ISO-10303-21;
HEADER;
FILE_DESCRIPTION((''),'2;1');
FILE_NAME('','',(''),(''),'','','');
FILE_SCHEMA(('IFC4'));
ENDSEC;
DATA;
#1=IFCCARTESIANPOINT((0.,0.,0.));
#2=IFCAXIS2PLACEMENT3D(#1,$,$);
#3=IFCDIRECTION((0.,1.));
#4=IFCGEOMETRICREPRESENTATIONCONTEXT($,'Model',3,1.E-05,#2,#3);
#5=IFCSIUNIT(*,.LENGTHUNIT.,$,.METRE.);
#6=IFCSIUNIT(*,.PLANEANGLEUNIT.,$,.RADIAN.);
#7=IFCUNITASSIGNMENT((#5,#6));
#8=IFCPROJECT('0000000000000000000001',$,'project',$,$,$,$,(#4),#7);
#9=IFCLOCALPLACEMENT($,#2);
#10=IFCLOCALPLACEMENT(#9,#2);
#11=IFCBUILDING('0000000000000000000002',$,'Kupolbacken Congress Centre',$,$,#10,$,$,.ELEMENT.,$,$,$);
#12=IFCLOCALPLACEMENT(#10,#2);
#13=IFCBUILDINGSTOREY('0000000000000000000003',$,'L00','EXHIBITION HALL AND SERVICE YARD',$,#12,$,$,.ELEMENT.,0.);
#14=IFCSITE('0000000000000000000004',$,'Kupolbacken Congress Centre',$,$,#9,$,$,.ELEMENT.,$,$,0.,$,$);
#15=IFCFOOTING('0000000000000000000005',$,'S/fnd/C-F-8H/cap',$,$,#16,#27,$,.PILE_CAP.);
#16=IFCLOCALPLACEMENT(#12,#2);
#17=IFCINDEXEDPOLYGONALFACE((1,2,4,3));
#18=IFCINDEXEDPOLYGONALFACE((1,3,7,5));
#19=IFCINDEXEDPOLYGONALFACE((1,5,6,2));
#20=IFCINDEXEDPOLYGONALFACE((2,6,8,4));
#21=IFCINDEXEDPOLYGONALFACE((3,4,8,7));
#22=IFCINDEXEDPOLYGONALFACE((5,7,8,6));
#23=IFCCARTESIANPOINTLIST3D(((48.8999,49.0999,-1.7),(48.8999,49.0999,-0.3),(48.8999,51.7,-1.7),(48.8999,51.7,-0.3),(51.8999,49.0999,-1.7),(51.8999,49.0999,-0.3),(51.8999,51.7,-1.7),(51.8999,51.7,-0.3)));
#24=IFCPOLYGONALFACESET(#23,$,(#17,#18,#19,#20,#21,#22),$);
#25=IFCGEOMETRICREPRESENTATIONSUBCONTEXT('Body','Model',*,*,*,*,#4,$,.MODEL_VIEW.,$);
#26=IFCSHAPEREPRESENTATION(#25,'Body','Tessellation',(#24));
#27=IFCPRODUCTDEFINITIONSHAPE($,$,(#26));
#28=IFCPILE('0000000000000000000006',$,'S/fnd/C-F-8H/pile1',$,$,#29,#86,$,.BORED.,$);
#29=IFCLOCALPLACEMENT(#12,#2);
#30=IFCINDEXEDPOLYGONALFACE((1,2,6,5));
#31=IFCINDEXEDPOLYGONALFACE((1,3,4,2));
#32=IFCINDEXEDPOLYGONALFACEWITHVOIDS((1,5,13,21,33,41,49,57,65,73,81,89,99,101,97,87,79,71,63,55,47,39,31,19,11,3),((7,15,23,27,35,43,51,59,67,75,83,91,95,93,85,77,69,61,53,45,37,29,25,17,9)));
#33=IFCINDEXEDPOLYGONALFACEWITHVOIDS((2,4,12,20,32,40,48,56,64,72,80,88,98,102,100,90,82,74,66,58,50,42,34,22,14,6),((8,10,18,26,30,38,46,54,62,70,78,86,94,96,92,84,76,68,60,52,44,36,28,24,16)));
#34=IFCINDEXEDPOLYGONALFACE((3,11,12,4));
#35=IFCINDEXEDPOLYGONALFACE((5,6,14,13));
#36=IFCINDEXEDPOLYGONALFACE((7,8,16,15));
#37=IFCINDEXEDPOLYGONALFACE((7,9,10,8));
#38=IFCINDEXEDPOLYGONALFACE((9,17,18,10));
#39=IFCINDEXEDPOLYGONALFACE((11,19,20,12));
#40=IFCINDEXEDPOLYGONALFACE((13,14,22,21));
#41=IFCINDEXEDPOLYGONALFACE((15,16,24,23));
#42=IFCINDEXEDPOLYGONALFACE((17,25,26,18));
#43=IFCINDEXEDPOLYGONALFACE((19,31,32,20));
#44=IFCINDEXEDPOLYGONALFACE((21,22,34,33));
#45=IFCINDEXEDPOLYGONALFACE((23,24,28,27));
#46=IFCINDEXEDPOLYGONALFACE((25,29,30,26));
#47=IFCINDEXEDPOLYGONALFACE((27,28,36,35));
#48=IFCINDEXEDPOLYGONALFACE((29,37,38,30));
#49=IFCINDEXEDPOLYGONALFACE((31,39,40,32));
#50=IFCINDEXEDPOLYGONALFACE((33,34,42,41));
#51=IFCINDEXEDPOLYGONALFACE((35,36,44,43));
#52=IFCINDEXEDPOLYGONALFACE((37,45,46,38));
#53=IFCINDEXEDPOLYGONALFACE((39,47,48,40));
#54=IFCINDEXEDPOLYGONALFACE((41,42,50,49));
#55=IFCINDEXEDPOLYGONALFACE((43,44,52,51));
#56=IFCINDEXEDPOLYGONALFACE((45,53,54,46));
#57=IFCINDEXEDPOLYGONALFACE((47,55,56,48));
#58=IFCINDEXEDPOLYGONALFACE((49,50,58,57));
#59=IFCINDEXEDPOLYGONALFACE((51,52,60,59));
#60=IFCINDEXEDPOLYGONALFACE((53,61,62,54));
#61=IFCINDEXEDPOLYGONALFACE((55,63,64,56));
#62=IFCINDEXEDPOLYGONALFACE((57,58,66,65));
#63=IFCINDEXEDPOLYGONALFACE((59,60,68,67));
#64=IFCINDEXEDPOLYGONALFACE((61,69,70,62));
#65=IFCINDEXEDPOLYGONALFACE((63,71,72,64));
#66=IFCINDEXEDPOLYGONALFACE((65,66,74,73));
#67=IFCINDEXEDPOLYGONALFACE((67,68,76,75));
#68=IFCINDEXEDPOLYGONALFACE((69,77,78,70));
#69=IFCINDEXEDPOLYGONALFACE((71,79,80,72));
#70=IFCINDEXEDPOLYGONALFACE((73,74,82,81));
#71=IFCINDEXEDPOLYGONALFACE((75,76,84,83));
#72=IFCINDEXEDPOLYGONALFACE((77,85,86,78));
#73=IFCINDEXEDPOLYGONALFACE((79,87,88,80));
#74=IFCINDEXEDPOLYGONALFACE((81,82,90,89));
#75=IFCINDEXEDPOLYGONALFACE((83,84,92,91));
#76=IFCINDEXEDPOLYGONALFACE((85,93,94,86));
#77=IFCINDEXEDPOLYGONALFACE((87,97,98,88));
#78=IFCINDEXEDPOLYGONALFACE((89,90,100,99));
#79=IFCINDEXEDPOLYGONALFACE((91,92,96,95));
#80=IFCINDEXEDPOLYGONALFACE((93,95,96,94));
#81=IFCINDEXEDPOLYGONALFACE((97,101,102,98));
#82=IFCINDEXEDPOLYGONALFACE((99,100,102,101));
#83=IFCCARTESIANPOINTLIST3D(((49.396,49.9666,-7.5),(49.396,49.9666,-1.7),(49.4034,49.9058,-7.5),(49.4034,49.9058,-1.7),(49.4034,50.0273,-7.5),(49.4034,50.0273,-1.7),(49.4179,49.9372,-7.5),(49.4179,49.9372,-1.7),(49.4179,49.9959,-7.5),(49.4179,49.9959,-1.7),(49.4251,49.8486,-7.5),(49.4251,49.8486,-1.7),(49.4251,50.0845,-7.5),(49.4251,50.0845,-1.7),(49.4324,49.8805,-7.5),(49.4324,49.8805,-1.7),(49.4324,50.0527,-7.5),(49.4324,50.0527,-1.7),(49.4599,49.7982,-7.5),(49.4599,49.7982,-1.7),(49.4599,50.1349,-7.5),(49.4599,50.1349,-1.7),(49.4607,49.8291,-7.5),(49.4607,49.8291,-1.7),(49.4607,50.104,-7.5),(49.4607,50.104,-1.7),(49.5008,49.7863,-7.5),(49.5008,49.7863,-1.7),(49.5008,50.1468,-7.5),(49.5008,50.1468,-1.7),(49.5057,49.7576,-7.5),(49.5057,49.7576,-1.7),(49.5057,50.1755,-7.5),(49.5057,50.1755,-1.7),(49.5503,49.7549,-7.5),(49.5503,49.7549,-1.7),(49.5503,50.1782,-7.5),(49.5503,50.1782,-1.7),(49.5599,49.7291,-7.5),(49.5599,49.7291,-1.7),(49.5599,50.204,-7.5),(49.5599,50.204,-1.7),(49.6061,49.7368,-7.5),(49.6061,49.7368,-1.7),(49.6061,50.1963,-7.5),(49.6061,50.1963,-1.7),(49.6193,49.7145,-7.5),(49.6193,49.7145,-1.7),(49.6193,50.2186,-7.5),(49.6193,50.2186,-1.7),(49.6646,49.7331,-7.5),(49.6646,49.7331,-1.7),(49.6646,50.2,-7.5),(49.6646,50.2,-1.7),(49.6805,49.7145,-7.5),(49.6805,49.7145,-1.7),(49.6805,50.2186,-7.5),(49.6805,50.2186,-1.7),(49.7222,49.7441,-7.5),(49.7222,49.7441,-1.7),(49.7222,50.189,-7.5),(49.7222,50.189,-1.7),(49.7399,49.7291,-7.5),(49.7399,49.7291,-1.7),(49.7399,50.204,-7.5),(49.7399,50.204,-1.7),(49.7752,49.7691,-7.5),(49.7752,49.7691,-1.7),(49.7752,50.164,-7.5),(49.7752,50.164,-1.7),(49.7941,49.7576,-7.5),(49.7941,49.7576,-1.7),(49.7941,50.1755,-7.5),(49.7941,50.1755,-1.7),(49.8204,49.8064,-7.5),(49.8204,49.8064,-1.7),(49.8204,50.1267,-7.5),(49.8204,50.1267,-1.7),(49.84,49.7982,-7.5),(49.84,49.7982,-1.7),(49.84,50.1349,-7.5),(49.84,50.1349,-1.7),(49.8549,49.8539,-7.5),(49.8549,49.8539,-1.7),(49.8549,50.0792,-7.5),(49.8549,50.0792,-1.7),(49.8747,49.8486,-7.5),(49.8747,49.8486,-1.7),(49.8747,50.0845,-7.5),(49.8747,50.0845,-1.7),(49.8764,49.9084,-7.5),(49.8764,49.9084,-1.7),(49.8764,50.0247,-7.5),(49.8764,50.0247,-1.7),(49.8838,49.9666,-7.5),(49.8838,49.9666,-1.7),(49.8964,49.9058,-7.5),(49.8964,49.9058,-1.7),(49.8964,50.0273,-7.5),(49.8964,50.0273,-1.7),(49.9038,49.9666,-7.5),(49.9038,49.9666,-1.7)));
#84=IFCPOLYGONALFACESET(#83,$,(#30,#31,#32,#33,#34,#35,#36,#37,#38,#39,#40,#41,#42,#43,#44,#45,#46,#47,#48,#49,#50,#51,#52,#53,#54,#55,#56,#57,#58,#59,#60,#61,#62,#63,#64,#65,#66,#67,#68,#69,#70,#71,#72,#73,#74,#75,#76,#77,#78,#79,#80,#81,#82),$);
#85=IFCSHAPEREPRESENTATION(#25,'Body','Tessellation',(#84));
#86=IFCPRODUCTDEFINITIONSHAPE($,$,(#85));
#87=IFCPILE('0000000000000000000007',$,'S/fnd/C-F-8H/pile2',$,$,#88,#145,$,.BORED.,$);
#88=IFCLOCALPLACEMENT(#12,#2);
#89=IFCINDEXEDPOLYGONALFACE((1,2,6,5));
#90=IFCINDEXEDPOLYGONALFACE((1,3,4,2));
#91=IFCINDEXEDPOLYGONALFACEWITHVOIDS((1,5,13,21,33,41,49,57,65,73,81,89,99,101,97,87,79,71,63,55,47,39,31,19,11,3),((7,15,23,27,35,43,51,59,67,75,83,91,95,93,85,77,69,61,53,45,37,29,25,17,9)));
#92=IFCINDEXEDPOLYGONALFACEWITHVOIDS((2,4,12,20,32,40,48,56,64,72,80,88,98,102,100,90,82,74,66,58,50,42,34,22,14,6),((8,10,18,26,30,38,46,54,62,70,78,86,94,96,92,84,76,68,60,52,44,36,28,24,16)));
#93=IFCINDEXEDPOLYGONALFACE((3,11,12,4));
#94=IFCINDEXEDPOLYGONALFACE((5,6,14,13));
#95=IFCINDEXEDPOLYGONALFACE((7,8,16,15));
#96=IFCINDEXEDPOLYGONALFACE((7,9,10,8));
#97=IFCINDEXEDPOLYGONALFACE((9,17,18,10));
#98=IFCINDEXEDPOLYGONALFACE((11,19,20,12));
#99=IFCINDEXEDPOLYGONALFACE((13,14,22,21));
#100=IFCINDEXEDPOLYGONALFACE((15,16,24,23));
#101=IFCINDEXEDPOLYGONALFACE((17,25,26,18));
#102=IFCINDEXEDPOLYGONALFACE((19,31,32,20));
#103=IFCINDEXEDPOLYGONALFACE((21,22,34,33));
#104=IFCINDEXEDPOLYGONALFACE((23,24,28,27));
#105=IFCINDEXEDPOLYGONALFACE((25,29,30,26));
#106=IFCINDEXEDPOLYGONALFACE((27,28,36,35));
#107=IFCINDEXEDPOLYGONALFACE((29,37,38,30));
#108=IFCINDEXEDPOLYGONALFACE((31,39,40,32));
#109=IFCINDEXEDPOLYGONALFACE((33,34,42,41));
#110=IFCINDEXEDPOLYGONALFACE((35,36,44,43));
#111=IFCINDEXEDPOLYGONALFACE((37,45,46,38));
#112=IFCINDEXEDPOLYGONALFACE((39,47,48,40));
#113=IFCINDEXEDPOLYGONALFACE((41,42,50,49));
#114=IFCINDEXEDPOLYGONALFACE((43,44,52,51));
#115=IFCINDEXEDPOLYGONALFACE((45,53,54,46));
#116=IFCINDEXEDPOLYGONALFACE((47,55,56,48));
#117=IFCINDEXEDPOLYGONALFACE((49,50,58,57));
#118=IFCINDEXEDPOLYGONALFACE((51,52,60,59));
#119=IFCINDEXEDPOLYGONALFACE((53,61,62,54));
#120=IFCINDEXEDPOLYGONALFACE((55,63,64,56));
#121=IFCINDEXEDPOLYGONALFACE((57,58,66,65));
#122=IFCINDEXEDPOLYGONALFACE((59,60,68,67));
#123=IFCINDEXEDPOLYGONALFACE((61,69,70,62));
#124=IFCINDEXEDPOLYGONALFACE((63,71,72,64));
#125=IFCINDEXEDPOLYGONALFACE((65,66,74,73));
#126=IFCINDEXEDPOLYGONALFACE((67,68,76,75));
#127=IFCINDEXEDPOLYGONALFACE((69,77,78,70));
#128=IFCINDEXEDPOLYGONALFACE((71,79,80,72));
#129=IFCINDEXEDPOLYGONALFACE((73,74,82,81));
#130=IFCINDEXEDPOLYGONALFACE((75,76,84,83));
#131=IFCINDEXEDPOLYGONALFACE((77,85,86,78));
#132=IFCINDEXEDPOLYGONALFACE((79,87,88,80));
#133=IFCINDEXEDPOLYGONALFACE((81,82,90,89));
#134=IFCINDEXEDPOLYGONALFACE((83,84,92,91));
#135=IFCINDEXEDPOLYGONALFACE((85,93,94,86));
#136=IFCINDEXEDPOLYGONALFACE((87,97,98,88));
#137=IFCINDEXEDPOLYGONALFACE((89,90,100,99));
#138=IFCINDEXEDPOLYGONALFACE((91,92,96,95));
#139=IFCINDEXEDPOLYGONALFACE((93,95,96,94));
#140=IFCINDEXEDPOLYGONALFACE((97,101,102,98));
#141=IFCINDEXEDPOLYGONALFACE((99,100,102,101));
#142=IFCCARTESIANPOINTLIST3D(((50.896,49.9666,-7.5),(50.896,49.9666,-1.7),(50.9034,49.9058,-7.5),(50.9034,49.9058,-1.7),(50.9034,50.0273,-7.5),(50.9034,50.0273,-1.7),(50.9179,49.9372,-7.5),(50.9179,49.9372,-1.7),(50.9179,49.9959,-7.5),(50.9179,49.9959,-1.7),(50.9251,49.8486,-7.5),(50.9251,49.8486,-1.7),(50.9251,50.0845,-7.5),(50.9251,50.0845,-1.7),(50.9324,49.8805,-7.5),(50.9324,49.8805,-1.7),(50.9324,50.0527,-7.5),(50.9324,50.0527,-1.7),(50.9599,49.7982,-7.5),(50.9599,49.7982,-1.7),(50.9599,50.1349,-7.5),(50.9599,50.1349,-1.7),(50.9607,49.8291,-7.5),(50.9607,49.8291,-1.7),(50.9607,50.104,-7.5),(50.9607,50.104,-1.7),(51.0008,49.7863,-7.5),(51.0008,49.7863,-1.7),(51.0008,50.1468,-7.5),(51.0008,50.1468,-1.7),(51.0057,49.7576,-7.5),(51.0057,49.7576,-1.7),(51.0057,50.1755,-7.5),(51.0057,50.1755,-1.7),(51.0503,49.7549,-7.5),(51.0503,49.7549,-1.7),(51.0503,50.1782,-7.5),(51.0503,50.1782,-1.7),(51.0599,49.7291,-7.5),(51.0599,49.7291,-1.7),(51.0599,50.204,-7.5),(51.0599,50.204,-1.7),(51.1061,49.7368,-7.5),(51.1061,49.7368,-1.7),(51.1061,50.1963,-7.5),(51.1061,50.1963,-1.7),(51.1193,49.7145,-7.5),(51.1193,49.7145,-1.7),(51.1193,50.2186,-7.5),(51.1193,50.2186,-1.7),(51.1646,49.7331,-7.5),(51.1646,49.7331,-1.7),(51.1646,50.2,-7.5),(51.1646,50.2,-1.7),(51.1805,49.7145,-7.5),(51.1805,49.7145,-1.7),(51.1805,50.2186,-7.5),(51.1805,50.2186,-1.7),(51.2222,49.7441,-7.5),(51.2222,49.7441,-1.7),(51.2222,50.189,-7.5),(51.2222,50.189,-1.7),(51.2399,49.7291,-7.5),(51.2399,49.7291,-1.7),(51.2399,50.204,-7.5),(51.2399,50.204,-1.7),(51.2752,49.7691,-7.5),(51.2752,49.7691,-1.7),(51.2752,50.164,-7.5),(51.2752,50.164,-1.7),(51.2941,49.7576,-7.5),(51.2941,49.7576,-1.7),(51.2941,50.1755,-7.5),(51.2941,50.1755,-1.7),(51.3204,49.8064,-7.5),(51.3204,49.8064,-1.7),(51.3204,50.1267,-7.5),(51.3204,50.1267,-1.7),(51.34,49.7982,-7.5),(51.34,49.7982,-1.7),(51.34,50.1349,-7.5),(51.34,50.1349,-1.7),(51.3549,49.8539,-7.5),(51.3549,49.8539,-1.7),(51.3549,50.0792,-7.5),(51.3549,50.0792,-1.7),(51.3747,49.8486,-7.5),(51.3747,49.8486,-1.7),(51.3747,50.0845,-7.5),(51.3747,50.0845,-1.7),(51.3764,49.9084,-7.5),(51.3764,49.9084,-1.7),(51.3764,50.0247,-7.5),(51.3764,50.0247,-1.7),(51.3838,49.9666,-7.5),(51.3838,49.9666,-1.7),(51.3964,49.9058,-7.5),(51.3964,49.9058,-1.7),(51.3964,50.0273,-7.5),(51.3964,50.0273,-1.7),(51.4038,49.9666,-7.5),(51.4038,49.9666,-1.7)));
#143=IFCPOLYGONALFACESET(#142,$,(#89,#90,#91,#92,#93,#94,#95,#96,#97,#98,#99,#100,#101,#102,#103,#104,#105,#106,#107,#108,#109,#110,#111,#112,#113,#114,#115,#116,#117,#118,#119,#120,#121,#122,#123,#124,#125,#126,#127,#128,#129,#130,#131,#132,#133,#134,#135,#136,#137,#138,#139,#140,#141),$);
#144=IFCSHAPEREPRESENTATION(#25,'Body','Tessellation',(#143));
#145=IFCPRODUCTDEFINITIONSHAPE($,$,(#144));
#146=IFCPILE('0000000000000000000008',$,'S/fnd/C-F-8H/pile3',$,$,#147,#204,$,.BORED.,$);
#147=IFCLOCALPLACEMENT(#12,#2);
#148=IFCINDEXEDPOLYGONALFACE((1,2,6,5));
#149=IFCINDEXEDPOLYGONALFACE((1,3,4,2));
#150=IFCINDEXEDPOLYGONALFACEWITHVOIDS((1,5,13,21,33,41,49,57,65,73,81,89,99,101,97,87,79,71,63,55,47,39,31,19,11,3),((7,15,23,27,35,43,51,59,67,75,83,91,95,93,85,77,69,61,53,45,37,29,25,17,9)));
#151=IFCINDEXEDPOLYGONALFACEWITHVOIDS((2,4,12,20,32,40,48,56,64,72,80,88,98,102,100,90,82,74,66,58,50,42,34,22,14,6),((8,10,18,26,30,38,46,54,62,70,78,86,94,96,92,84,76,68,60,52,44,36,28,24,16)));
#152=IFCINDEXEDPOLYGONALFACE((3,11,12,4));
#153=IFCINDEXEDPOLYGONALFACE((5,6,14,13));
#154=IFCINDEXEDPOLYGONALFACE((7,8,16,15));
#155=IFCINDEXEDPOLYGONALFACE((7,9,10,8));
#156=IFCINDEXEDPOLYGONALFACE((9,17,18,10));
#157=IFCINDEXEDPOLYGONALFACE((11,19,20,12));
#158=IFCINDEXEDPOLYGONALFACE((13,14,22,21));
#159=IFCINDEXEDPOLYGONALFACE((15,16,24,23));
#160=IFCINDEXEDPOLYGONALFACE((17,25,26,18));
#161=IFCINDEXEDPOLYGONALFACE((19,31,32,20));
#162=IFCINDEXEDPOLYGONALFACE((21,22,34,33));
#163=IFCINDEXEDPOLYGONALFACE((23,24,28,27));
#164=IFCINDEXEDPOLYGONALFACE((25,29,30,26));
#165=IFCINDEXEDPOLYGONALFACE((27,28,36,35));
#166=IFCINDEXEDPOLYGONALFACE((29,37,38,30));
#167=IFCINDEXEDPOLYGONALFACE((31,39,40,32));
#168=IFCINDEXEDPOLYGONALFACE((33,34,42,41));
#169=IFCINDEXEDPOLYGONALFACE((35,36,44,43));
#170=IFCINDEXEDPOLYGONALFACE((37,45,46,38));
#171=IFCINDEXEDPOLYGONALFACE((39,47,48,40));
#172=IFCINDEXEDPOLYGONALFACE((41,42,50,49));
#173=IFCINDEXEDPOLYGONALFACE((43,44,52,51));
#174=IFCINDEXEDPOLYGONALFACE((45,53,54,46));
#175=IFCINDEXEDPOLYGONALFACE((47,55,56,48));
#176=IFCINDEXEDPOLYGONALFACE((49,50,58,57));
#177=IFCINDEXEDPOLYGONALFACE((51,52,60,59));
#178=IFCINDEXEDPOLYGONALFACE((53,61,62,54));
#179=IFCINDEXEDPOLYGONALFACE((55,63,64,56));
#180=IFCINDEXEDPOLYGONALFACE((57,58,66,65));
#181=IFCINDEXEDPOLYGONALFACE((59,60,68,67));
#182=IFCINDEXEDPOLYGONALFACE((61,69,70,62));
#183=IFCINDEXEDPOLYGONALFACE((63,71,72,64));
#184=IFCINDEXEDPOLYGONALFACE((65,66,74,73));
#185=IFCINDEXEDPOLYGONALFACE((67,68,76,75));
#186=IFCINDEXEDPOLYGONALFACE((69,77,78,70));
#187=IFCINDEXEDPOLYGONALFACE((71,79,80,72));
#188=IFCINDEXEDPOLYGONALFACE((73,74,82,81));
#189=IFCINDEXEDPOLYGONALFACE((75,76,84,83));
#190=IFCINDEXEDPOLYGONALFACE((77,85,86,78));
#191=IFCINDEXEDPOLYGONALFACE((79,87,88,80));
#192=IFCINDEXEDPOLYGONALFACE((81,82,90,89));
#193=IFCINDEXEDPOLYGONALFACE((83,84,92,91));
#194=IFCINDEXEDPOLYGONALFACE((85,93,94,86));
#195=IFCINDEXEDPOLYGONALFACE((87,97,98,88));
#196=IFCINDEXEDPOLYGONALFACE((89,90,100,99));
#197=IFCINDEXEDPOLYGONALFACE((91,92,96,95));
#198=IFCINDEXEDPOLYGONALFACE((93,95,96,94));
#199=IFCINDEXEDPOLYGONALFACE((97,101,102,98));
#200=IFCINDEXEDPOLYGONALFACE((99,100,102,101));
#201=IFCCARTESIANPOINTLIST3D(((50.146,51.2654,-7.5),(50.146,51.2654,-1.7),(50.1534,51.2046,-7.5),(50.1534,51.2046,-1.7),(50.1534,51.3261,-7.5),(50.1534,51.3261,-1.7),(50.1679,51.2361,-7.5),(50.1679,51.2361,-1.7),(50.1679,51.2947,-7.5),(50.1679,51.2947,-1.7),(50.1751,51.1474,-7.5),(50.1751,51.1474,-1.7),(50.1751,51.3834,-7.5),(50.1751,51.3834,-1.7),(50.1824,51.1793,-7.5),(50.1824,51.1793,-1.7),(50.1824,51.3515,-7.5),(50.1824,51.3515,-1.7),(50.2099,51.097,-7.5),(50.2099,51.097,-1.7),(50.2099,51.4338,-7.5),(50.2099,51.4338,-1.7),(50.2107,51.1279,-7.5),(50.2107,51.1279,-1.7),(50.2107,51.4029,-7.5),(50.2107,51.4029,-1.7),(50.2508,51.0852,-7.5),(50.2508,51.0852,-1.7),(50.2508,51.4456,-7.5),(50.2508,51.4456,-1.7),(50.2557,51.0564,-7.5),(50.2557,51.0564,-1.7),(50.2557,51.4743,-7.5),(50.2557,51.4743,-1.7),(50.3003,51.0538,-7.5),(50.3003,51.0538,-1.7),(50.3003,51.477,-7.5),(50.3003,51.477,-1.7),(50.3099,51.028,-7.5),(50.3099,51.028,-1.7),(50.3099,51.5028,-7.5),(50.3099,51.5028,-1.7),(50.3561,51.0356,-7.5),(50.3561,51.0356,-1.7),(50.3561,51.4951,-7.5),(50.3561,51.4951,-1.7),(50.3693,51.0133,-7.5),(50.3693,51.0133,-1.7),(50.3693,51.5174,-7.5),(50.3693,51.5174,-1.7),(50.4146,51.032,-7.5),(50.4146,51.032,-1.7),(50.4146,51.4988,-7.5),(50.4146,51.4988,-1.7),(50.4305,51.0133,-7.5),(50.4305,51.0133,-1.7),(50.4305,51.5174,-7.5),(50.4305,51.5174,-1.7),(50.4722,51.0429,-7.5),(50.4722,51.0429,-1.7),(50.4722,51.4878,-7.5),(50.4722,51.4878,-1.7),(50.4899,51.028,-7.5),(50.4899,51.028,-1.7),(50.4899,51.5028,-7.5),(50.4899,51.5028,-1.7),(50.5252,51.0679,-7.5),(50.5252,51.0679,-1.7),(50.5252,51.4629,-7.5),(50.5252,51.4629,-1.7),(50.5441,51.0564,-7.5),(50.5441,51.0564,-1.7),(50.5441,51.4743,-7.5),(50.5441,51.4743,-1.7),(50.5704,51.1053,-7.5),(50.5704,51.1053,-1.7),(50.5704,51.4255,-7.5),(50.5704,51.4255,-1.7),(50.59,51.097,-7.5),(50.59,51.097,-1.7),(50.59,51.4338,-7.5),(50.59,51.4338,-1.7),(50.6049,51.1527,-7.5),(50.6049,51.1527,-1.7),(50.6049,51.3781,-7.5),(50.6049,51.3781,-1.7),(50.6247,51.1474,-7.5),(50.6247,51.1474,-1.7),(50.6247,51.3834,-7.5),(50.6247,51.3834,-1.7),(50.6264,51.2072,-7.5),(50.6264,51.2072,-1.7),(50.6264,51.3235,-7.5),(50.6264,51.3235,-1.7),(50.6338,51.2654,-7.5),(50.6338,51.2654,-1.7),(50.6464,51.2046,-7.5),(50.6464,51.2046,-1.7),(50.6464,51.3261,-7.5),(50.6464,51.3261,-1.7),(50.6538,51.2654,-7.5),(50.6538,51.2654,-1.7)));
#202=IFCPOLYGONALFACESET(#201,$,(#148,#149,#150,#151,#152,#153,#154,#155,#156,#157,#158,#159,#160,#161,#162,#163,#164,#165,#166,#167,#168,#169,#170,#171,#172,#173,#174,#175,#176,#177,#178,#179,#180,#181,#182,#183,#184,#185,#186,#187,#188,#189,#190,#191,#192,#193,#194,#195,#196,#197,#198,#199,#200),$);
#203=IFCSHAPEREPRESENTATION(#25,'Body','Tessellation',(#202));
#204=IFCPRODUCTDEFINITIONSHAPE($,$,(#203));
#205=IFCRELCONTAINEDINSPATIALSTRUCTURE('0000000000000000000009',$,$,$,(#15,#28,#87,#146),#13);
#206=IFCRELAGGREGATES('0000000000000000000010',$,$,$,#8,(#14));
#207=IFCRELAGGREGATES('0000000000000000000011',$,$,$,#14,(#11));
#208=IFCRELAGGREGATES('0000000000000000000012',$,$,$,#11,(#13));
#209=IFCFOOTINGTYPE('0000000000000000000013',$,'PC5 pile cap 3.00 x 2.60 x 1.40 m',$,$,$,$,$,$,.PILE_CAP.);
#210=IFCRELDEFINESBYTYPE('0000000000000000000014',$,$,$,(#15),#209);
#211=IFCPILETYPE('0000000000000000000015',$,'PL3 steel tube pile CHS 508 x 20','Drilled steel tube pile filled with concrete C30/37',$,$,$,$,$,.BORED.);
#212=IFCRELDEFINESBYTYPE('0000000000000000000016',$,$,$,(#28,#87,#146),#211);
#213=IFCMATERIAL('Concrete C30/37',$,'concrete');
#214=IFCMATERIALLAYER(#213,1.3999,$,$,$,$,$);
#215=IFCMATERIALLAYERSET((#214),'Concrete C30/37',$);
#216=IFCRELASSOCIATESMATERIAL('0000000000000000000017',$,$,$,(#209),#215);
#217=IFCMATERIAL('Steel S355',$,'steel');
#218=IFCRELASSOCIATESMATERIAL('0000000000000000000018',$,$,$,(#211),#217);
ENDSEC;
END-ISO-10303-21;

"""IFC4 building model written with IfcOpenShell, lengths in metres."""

from ifc_helpers import new_model, si_unit, direction, frame, origin, origin_2d, place, context, subcontext, project, spatial, rectangle, hollow_circle, extrude, material, layer, layer_set, material_profile, profile_set, type_object, element, save


model = new_model("IFC4")

# Units and contexts
model_context = context("Model", 3, precision=1e-05, world=origin(), true_north=direction((0.0, 1.0)))
body_context = subcontext(model_context, "Body", "Model", "MODEL_VIEW")
ifc_project = project(units=[si_unit("LENGTHUNIT", "METRE"), si_unit("PLANEANGLEUNIT", "RADIAN")], contexts=[model_context])

# Site, building, storey
site_placement = place(None, origin())
site = spatial("IfcSite", under=ifc_project, at=site_placement, Name="Kupolbacken Congress Centre", CompositionType="ELEMENT", RefElevation=0.0)
building_placement = place(site_placement, origin())
building = spatial("IfcBuilding", under=site, at=building_placement, Name="Kupolbacken Congress Centre", CompositionType="ELEMENT")
storey_placement = place(building_placement, origin())
storey = spatial("IfcBuildingStorey", under=building, at=storey_placement, Name="L00", Description="EXHIBITION HALL AND SERVICE YARD", CompositionType="ELEMENT", Elevation=0.0)

# Footing
ifc_material_1 = material(Name="Concrete C30/37", Category="concrete")
ifc_layer_1 = layer(ifc_material_1, 1.3999)
ifc_layer_set_1 = layer_set([ifc_layer_1], Name="Concrete C30/37")
footing_type = type_object("IfcFootingType", Name="PC5 pile cap 3.00 x 2.60 x 1.40 m", PredefinedType="PILE_CAP", material=ifc_layer_set_1)
footing_placement = place(storey_placement, frame((50.3999, 50.3999, -1.7), z_axis=(0.0, 0.0, 1.0), x_axis=(1.0, 0.0, 0.0)))
element("IfcFooting", 1, at=footing_placement, inside=storey, type_object=footing_type, Name="S/fnd/C-F-8H/cap", PredefinedType="PILE_CAP", context=body_context, shape_type="SweptSolid", body=[
    extrude(rectangle(XDim=3.0, YDim=2.6001, at=origin_2d()), origin(), (0.0, 0.0, 1.0), 1.3999),
])

# Piles
ifc_material_2 = material(Name="Steel S355", Category="steel")
ifc_material_profile_1 = material_profile(ifc_material_2, hollow_circle(Radius=0.2539, WallThickness=0.02, at=origin_2d()), Name="CHS 508 x 20")
ifc_profile_set_1 = profile_set([ifc_material_profile_1], Name="Steel S355")
pile_type = type_object("IfcPileType", Name="PL3 steel tube pile CHS 508 x 20", Description="Drilled steel tube pile filled with concrete C30/37", PredefinedType="BORED", material=ifc_profile_set_1)
for number, where, z_axis, x_axis, name in (
    (2, (49.6499, 49.9666, -1.7), (0.0, 0.0, -1.0), (1.0, 0.0, 0.0), "S/fnd/C-F-8H/pile1"),
    (3, (51.1499, 49.9666, -1.7), (0.0, 0.0, -1.0), (1.0, 0.0, 0.0), "S/fnd/C-F-8H/pile2"),
    (4, (50.3999, 51.2654, -1.7), (0.0, 0.0, -1.0), (1.0, 0.0, 0.0), "S/fnd/C-F-8H/pile3"),
):
    element("IfcPile", number, at=place(storey_placement, frame(where, z_axis=z_axis, x_axis=x_axis)), inside=storey, type_object=pile_type, Name=name, PredefinedType="BORED", context=body_context, shape_type="SweptSolid", body=[
        extrude(hollow_circle(Radius=0.2539, WallThickness=0.02, at=origin_2d()), origin(), (0.0, 0.0, 1.0), 5.8),
    ])

save(model, "model.ifc")
